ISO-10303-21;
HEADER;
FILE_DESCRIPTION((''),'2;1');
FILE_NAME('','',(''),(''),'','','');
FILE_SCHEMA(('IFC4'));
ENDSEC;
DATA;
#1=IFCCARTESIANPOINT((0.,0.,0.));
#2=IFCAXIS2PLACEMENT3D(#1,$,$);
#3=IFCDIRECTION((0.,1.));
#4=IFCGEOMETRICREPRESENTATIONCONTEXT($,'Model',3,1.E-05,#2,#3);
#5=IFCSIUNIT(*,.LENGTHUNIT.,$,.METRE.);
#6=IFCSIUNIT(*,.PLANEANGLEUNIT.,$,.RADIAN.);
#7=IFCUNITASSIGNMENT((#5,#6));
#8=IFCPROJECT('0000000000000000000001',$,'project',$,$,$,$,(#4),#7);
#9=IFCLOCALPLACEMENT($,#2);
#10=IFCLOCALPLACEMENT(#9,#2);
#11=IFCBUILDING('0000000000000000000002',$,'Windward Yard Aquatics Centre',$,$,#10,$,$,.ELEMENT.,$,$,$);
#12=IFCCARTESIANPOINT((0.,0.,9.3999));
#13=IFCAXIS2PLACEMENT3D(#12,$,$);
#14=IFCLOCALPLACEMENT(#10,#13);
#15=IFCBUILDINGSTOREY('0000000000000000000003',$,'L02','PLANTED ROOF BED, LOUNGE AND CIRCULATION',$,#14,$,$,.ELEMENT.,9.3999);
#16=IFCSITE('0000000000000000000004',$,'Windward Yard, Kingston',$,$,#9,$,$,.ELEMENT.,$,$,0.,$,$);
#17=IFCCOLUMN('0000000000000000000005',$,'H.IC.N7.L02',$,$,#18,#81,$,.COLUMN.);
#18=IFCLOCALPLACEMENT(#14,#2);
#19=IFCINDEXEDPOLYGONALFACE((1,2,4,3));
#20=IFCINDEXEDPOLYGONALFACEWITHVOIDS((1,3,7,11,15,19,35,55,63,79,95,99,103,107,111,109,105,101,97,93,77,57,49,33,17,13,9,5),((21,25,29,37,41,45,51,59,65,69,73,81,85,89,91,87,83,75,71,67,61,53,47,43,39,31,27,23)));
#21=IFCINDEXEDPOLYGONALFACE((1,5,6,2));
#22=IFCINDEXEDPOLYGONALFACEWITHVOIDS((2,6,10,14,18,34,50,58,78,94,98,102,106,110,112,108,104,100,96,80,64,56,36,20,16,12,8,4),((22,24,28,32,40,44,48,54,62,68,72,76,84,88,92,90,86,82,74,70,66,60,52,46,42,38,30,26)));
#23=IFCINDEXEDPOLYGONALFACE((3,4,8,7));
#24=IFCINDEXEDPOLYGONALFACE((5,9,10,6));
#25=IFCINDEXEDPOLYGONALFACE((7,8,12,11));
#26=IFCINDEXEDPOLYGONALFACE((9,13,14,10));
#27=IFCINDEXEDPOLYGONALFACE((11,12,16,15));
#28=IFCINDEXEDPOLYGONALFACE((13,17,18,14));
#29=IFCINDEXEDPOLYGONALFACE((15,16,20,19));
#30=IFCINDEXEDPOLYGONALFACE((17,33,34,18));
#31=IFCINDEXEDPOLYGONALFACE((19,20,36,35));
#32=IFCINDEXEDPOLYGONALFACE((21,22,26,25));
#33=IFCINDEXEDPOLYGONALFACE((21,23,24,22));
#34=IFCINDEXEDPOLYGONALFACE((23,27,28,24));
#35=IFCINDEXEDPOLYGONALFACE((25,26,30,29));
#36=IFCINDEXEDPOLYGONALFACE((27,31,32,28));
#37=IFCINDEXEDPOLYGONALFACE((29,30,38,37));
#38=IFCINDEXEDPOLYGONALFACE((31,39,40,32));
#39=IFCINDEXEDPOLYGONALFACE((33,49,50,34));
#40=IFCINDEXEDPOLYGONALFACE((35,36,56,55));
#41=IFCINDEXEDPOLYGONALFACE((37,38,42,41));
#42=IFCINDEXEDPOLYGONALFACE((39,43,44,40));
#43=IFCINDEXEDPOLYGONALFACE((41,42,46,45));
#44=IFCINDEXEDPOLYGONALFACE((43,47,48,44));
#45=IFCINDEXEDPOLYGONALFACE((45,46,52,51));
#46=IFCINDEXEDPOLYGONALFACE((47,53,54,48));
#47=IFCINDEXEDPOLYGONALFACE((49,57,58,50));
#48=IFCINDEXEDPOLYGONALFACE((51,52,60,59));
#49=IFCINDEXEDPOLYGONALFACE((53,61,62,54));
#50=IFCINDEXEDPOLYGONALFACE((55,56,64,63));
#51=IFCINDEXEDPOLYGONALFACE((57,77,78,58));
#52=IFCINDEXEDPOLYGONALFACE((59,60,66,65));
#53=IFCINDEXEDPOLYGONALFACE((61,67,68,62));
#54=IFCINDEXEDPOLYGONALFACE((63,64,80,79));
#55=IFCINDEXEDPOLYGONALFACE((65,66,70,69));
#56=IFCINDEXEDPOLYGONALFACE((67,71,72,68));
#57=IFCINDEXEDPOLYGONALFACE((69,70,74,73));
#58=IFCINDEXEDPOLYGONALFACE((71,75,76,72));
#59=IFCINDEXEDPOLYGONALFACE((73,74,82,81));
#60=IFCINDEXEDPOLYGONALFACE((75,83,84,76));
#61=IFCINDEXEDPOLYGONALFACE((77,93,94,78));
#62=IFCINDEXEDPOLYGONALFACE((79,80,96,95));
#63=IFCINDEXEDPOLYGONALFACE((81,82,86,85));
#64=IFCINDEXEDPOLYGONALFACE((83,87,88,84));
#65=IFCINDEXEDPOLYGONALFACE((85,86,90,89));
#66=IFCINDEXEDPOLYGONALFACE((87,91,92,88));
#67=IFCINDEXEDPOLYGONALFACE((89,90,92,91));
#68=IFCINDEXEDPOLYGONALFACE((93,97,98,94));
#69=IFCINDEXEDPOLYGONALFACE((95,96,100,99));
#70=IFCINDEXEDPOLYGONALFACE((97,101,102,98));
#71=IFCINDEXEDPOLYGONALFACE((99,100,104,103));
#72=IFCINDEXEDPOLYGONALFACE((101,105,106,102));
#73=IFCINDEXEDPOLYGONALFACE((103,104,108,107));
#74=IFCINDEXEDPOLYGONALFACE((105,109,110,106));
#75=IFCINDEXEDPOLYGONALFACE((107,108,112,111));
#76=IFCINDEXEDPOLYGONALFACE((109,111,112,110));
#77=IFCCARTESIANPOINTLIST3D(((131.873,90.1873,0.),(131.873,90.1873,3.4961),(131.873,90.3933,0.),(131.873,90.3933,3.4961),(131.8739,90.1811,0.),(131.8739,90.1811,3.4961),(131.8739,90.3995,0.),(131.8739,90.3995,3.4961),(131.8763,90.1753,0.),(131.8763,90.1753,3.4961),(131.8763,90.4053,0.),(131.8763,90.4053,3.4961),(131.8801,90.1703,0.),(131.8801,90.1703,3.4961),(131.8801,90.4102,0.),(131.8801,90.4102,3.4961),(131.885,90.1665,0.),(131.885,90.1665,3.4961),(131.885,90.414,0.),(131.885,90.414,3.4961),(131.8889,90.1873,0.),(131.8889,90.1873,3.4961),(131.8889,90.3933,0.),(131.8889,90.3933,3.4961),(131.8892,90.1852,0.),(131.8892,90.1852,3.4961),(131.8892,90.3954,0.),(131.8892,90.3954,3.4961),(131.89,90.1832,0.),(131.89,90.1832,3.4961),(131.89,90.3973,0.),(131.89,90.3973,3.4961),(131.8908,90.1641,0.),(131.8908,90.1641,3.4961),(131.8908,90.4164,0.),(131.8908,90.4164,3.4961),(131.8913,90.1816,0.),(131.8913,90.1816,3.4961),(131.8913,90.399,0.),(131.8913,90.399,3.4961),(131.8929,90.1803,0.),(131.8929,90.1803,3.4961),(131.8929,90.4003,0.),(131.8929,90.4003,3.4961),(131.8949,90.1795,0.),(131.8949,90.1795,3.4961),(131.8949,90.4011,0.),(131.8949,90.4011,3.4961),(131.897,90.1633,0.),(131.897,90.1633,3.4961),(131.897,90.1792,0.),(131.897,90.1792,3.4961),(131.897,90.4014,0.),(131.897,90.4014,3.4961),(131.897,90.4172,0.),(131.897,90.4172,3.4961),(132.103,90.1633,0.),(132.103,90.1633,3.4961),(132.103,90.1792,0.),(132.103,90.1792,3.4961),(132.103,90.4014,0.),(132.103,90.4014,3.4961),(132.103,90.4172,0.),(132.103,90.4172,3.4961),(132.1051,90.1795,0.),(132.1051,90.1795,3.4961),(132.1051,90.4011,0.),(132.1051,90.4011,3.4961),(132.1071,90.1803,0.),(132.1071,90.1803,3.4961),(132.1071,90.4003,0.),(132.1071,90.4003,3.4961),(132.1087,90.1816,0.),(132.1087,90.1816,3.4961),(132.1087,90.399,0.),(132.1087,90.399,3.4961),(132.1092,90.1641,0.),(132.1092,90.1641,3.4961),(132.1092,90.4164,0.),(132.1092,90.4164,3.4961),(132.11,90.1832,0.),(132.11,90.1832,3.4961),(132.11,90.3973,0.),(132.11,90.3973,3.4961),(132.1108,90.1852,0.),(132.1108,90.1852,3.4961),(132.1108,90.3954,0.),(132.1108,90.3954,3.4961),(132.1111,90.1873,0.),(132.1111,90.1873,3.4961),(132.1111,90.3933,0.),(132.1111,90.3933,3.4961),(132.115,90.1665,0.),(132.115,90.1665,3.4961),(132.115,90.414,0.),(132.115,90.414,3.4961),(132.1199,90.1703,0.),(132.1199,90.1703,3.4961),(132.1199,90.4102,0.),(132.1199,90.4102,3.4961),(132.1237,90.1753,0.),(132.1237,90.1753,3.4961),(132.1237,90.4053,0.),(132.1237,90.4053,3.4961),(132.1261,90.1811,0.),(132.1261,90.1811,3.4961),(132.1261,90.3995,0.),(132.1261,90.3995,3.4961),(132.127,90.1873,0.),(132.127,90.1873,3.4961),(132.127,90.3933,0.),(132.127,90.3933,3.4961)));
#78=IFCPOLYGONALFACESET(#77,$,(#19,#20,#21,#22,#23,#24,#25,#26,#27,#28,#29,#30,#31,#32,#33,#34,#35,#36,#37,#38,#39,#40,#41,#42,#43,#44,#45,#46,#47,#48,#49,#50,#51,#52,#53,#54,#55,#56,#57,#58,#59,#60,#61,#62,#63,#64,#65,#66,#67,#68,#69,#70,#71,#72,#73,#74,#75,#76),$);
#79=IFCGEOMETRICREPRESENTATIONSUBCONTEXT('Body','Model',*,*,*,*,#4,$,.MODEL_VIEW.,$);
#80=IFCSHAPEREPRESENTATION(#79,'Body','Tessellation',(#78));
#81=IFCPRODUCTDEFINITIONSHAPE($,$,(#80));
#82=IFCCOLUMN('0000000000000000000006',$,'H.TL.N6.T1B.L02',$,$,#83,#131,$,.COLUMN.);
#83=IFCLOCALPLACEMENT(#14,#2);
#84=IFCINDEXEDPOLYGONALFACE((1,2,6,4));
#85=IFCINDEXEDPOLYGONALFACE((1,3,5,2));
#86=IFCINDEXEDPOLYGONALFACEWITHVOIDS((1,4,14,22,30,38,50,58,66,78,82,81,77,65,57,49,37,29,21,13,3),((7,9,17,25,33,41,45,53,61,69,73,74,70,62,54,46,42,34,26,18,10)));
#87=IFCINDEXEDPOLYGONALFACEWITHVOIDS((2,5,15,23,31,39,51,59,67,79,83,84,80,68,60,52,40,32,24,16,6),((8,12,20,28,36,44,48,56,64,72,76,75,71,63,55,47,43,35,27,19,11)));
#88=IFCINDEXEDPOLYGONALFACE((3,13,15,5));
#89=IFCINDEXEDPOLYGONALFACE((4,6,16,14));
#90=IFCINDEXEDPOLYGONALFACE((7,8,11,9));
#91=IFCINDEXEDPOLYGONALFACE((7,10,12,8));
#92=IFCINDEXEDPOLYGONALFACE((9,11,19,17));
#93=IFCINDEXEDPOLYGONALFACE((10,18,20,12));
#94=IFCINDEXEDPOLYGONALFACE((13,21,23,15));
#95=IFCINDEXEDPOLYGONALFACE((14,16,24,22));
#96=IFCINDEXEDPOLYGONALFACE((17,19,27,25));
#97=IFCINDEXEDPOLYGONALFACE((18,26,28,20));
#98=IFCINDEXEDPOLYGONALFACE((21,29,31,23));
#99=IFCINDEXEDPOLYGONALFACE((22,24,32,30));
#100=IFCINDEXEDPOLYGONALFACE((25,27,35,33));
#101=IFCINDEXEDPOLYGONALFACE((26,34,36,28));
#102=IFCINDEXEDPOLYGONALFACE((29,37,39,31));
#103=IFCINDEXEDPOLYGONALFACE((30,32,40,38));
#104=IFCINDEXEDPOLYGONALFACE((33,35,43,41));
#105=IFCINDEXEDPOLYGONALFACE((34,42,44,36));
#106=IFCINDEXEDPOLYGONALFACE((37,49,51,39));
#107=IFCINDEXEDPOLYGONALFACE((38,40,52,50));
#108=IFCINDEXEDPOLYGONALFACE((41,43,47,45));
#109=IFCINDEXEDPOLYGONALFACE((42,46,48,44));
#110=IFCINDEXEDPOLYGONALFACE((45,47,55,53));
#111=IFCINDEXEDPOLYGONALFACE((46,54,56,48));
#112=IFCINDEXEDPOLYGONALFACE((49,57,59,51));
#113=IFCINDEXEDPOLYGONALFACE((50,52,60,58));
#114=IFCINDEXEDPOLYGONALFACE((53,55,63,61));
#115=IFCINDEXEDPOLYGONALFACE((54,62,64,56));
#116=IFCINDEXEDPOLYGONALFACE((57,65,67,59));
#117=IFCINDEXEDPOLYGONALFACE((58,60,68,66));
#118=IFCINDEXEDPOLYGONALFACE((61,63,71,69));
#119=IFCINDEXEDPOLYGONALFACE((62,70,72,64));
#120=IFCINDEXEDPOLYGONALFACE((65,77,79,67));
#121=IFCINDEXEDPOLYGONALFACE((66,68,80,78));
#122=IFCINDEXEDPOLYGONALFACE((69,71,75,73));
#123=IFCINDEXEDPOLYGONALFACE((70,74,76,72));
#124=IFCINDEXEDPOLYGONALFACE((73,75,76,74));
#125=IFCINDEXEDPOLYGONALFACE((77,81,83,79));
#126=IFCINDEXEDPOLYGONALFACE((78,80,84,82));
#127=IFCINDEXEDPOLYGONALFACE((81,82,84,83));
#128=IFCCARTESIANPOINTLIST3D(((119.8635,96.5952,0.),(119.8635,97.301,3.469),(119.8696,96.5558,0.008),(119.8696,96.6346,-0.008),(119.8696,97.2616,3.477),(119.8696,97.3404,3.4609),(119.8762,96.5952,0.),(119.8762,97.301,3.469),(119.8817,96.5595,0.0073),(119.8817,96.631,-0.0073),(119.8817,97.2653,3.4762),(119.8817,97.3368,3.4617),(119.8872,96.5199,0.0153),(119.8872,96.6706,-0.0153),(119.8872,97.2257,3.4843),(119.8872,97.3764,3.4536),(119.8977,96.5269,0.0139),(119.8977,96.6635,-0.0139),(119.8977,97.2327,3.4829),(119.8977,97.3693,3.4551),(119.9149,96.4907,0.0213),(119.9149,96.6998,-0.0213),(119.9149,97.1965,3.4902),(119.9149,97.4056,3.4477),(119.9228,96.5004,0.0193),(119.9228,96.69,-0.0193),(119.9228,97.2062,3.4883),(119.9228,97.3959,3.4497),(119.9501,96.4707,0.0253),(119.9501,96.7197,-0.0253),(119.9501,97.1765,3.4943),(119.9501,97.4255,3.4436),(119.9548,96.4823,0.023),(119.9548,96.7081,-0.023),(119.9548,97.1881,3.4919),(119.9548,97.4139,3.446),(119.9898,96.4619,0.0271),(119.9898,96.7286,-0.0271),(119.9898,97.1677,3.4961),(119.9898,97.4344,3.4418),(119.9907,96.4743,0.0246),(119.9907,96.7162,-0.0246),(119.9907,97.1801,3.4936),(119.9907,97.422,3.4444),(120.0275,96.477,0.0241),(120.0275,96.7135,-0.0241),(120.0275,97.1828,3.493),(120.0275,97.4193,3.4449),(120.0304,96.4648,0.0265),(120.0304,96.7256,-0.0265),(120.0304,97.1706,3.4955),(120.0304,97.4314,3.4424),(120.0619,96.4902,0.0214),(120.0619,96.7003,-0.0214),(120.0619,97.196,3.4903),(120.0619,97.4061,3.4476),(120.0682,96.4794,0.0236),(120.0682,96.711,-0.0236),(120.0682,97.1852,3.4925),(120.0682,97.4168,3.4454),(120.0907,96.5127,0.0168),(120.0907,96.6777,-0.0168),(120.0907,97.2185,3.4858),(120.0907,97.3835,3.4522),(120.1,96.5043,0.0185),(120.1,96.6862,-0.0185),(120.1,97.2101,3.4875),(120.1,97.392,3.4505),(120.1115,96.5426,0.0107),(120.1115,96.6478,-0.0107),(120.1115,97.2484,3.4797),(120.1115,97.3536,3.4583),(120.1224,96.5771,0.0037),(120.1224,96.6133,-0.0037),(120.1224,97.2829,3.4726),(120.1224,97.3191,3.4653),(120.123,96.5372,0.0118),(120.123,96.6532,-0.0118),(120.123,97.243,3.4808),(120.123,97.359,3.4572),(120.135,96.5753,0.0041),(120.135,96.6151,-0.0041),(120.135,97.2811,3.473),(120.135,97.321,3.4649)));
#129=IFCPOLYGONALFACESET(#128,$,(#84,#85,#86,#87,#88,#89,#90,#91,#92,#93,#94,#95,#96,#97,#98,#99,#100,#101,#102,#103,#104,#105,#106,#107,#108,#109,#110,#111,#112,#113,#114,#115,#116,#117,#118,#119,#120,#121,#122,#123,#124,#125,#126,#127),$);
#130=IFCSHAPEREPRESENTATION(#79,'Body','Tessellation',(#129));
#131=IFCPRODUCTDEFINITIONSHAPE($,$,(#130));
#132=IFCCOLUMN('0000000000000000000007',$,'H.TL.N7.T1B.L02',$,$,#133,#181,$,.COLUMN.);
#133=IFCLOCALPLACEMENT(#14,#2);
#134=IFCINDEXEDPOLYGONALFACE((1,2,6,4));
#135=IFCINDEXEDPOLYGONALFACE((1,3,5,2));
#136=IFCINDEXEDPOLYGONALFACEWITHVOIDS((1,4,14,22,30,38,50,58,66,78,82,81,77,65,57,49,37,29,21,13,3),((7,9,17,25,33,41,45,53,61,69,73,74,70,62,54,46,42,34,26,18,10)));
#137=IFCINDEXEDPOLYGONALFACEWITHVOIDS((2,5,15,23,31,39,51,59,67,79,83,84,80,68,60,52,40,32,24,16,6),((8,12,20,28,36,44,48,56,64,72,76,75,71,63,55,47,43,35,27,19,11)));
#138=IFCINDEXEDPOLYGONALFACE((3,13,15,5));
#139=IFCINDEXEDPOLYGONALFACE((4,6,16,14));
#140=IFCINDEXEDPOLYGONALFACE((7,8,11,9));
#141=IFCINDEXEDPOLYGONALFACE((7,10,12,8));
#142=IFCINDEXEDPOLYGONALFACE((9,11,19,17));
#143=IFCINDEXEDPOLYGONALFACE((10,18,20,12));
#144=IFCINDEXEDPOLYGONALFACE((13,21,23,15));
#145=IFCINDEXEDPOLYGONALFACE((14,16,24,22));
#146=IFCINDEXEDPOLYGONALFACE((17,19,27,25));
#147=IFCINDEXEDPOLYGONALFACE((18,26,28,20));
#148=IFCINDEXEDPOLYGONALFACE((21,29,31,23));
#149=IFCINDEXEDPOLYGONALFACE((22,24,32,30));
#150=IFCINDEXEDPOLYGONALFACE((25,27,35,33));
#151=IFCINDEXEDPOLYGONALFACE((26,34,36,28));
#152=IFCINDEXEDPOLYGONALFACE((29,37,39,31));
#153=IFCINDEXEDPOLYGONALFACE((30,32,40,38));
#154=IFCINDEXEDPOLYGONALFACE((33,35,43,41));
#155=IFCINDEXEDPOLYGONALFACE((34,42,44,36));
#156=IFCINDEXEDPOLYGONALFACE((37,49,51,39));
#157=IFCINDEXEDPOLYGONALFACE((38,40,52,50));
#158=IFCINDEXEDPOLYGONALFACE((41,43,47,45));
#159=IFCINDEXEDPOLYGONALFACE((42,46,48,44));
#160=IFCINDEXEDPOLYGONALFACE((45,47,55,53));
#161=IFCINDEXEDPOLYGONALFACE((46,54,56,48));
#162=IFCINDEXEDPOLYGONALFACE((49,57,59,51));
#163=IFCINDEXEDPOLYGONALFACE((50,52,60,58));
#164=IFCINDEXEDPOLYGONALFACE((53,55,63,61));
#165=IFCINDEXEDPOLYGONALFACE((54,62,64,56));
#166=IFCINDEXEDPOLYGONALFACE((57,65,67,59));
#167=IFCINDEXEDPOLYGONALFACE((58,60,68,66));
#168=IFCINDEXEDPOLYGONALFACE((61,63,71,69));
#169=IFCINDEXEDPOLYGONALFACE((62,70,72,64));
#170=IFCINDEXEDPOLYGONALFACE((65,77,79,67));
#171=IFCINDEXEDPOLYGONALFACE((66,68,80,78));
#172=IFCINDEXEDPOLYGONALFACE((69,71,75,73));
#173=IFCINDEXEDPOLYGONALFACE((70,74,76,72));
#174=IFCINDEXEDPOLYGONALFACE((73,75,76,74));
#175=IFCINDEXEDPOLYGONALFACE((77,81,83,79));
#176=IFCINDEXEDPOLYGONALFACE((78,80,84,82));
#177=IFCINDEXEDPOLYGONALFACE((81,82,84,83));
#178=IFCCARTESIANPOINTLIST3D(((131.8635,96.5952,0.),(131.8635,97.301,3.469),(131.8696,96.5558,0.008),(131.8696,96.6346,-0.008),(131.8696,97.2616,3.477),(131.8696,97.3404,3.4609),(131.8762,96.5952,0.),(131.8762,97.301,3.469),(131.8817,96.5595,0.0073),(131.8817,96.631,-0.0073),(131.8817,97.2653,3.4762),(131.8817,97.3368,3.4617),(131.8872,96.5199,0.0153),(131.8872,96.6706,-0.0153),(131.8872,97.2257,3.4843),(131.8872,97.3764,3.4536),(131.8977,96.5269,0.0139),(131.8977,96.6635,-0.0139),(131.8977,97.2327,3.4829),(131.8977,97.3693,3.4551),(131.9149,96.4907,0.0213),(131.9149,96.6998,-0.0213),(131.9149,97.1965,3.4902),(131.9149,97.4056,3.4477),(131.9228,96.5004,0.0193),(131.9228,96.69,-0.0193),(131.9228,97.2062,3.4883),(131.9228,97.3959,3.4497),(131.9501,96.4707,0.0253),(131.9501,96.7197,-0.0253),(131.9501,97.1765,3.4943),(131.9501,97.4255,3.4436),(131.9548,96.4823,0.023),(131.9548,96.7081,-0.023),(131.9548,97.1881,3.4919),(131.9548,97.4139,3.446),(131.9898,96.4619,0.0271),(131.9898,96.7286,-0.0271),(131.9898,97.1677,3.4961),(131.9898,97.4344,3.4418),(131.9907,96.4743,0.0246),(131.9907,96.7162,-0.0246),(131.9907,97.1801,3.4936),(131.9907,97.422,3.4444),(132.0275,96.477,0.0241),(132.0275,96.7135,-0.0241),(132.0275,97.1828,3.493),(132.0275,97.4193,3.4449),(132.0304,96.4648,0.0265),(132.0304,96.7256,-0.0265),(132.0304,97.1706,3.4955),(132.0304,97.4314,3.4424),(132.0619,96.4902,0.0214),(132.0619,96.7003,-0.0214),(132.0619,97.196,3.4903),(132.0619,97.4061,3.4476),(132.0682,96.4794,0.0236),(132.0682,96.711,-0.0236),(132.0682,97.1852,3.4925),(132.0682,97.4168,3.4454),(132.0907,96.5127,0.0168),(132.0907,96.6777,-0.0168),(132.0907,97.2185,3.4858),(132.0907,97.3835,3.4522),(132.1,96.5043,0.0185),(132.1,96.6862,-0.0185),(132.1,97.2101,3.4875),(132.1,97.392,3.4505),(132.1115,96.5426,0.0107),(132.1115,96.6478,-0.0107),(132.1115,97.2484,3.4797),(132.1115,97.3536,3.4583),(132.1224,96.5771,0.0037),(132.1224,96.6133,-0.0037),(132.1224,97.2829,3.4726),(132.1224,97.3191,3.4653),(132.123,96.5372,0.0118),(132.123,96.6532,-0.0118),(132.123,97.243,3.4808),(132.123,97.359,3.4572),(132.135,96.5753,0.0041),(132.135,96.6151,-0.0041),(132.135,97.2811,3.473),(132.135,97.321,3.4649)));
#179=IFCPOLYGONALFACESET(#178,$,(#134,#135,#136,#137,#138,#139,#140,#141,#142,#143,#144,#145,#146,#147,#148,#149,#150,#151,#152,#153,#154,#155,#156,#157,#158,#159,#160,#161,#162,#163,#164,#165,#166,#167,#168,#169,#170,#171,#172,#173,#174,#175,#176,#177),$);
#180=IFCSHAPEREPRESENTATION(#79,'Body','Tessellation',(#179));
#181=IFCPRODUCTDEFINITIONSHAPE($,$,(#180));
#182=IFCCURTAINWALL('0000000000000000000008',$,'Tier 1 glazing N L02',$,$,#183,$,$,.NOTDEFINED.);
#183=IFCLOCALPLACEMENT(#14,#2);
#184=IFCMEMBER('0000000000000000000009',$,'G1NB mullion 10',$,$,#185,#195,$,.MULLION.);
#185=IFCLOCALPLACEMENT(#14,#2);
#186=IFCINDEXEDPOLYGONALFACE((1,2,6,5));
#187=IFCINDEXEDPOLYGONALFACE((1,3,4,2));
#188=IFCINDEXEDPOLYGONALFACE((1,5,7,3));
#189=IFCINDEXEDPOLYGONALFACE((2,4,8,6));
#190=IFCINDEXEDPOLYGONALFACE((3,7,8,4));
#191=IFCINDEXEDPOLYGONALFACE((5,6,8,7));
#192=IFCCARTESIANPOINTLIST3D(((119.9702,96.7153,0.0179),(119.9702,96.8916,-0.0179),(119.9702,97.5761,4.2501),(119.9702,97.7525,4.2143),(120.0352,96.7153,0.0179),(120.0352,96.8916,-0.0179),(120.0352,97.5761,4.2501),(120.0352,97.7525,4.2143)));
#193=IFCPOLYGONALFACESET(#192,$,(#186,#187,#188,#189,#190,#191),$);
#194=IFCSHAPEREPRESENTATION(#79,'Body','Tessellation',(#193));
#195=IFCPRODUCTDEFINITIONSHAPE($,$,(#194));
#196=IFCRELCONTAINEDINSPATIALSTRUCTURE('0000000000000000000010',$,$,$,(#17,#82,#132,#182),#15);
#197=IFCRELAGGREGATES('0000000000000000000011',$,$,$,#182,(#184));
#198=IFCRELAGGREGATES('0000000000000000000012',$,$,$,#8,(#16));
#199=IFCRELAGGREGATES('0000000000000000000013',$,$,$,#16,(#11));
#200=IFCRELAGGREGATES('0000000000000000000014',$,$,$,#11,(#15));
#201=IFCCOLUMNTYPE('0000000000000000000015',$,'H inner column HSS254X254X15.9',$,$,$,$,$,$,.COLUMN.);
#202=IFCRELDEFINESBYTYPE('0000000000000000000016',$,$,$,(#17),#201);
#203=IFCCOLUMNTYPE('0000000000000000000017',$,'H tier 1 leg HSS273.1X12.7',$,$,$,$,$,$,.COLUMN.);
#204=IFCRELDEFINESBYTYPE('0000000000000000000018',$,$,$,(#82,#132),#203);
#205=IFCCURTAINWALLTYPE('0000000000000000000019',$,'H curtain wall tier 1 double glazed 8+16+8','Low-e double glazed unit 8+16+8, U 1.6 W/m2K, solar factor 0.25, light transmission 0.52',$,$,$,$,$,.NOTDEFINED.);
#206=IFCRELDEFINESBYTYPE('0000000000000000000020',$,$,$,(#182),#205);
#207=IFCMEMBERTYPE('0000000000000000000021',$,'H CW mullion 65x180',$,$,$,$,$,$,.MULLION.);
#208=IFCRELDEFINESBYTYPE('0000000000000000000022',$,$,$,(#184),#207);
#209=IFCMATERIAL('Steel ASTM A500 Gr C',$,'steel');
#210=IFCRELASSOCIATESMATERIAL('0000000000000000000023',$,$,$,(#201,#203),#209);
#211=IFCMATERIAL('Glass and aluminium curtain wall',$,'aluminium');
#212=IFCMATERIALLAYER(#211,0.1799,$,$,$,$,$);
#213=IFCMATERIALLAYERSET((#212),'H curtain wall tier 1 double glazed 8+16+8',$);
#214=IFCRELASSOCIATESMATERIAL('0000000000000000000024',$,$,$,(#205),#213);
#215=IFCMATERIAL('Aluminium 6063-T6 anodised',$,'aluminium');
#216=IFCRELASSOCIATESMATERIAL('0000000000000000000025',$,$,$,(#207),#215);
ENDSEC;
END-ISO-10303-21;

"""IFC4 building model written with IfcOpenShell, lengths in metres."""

from ifc_helpers import new_model, si_unit, direction, frame, origin, origin_2d, place, context, subcontext, project, spatial, rectangle, hollow_rectangle, hollow_circle, extrude, material, layer, layer_set, material_profile, profile_set, type_object, element, aggregate, save


model = new_model("IFC4")

# Units and contexts
model_context = context("Model", 3, precision=1e-05, world=origin(), true_north=direction((0.0, 1.0)))
body_context = subcontext(model_context, "Body", "Model", "MODEL_VIEW")
ifc_project = project(units=[si_unit("LENGTHUNIT", "METRE"), si_unit("PLANEANGLEUNIT", "RADIAN")], contexts=[model_context])

# Site, building, storey
site_placement = place(None, origin())
site = spatial("IfcSite", under=ifc_project, at=site_placement, Name="Windward Yard, Kingston", CompositionType="ELEMENT", RefElevation=0.0)
building_placement = place(site_placement, origin())
building = spatial("IfcBuilding", under=site, at=building_placement, Name="Windward Yard Aquatics Centre", CompositionType="ELEMENT")
storey_placement = place(building_placement, frame((0.0, 0.0, 9.3999)))
storey = spatial("IfcBuildingStorey", under=building, at=storey_placement, Name="L02", Description="PLANTED ROOF BED, LOUNGE AND CIRCULATION", CompositionType="ELEMENT", Elevation=9.3999)

# Columns
ifc_material_1 = material(Name="Steel ASTM A500 Gr C", Category="steel")
ifc_material_profile_1 = material_profile(ifc_material_1, hollow_rectangle(XDim=0.2539, YDim=0.2539, WallThickness=0.0159, InnerFilletRadius=0.0081, OuterFilletRadius=0.0239, at=origin_2d()), Name="HSS254X254X15.9")
ifc_profile_set_1 = profile_set([ifc_material_profile_1], Name="Steel ASTM A500 Gr C")
column_type_1 = type_object("IfcColumnType", Name="H inner column HSS254X254X15.9", PredefinedType="COLUMN", material=ifc_profile_set_1)
for number, where, z_axis, x_axis, name in (
    (1, (132.0, 90.2903, 0.0), (0.0, 0.0, 1.0), (1.0, 0.0, 0.0), "H.IC.N7.L02"),
):
    element("IfcColumn", number, at=place(storey_placement, frame(where, z_axis=z_axis, x_axis=x_axis)), inside=storey, type_object=column_type_1, Name=name, PredefinedType="COLUMN", context=body_context, shape_type="SweptSolid", body=[
        extrude(hollow_rectangle(XDim=0.2539, YDim=0.2539, WallThickness=0.0159, InnerFilletRadius=0.0081, OuterFilletRadius=0.0239, at=origin_2d()), origin(), (0.0, 0.0, 1.0), 3.4961),
    ])
ifc_material_profile_2 = material_profile(ifc_material_1, hollow_circle(Radius=0.1365, WallThickness=0.0127, at=origin_2d()), Name="HSS273.1X12.7")
ifc_profile_set_2 = profile_set([ifc_material_profile_2], Name="Steel ASTM A500 Gr C")
column_type_2 = type_object("IfcColumnType", Name="H tier 1 leg HSS273.1X12.7", PredefinedType="COLUMN", material=ifc_profile_set_2)
for number, where, z_axis, x_axis, name in (
    (2, (120.0, 96.5952, 0.0), (0.0, 0.199378, 0.979923), (-1.0, 0.0, 0.0), "H.TL.N6.T1B.L02"),
    (3, (132.0, 96.5952, 0.0), (0.0, 0.199378, 0.979923), (-1.0, 0.0, 0.0), "H.TL.N7.T1B.L02"),
):
    element("IfcColumn", number, at=place(storey_placement, frame(where, z_axis=z_axis, x_axis=x_axis)), inside=storey, type_object=column_type_2, Name=name, PredefinedType="COLUMN", context=body_context, shape_type="SweptSolid", body=[
        extrude(hollow_circle(Radius=0.1365, WallThickness=0.0127, at=origin_2d()), origin(), (0.0, 0.0, 1.0), 3.54),
    ])

# Curtain wall, member
ifc_material_2 = material(Name="Glass and aluminium curtain wall", Category="aluminium")
ifc_layer_1 = layer(ifc_material_2, 0.1799)
ifc_layer_set_1 = layer_set([ifc_layer_1], Name="H curtain wall tier 1 double glazed 8+16+8")
curtain_wall_type = type_object("IfcCurtainWallType", Name="H curtain wall tier 1 double glazed 8+16+8", Description="Low-e double glazed unit 8+16+8, U 1.6 W/m2K, solar factor 0.25, light transmission 0.52", PredefinedType="NOTDEFINED", material=ifc_layer_set_1)
curtain_wall_placement = place(storey_placement, origin())
curtain_wall = element("IfcCurtainWall", 4, at=curtain_wall_placement, inside=storey, type_object=curtain_wall_type, Name="Tier 1 glazing N L02", PredefinedType="NOTDEFINED")
ifc_material_3 = material(Name="Aluminium 6063-T6 anodised", Category="aluminium")
ifc_material_profile_3 = material_profile(ifc_material_3, rectangle(XDim=0.0649, YDim=0.1799, at=origin_2d()), Name="H CW mullion 65x180")
ifc_profile_set_3 = profile_set([ifc_material_profile_3], Name="Aluminium 6063-T6 anodised")
member_type_1 = type_object("IfcMemberType", Name="H CW mullion 65x180", PredefinedType="MULLION", material=ifc_profile_set_3)
member_1_placement = place(storey_placement, frame((120.0027, 96.8035, 0.0), z_axis=(0.0, 0.199322, 0.979934), x_axis=(-1.0, 0.0, 0.0)))
member_1 = element("IfcMember", 5, at=member_1_placement, type_object=member_type_1, Name="G1NB mullion 10", PredefinedType="MULLION", context=body_context, shape_type="SweptSolid", body=[
    extrude(rectangle(XDim=0.0649, YDim=0.1799, at=origin_2d()), origin(), (0.0, 0.0, 1.0), 4.3188),
])
aggregate(curtain_wall, [member_1])

save(model, "model.ifc")
